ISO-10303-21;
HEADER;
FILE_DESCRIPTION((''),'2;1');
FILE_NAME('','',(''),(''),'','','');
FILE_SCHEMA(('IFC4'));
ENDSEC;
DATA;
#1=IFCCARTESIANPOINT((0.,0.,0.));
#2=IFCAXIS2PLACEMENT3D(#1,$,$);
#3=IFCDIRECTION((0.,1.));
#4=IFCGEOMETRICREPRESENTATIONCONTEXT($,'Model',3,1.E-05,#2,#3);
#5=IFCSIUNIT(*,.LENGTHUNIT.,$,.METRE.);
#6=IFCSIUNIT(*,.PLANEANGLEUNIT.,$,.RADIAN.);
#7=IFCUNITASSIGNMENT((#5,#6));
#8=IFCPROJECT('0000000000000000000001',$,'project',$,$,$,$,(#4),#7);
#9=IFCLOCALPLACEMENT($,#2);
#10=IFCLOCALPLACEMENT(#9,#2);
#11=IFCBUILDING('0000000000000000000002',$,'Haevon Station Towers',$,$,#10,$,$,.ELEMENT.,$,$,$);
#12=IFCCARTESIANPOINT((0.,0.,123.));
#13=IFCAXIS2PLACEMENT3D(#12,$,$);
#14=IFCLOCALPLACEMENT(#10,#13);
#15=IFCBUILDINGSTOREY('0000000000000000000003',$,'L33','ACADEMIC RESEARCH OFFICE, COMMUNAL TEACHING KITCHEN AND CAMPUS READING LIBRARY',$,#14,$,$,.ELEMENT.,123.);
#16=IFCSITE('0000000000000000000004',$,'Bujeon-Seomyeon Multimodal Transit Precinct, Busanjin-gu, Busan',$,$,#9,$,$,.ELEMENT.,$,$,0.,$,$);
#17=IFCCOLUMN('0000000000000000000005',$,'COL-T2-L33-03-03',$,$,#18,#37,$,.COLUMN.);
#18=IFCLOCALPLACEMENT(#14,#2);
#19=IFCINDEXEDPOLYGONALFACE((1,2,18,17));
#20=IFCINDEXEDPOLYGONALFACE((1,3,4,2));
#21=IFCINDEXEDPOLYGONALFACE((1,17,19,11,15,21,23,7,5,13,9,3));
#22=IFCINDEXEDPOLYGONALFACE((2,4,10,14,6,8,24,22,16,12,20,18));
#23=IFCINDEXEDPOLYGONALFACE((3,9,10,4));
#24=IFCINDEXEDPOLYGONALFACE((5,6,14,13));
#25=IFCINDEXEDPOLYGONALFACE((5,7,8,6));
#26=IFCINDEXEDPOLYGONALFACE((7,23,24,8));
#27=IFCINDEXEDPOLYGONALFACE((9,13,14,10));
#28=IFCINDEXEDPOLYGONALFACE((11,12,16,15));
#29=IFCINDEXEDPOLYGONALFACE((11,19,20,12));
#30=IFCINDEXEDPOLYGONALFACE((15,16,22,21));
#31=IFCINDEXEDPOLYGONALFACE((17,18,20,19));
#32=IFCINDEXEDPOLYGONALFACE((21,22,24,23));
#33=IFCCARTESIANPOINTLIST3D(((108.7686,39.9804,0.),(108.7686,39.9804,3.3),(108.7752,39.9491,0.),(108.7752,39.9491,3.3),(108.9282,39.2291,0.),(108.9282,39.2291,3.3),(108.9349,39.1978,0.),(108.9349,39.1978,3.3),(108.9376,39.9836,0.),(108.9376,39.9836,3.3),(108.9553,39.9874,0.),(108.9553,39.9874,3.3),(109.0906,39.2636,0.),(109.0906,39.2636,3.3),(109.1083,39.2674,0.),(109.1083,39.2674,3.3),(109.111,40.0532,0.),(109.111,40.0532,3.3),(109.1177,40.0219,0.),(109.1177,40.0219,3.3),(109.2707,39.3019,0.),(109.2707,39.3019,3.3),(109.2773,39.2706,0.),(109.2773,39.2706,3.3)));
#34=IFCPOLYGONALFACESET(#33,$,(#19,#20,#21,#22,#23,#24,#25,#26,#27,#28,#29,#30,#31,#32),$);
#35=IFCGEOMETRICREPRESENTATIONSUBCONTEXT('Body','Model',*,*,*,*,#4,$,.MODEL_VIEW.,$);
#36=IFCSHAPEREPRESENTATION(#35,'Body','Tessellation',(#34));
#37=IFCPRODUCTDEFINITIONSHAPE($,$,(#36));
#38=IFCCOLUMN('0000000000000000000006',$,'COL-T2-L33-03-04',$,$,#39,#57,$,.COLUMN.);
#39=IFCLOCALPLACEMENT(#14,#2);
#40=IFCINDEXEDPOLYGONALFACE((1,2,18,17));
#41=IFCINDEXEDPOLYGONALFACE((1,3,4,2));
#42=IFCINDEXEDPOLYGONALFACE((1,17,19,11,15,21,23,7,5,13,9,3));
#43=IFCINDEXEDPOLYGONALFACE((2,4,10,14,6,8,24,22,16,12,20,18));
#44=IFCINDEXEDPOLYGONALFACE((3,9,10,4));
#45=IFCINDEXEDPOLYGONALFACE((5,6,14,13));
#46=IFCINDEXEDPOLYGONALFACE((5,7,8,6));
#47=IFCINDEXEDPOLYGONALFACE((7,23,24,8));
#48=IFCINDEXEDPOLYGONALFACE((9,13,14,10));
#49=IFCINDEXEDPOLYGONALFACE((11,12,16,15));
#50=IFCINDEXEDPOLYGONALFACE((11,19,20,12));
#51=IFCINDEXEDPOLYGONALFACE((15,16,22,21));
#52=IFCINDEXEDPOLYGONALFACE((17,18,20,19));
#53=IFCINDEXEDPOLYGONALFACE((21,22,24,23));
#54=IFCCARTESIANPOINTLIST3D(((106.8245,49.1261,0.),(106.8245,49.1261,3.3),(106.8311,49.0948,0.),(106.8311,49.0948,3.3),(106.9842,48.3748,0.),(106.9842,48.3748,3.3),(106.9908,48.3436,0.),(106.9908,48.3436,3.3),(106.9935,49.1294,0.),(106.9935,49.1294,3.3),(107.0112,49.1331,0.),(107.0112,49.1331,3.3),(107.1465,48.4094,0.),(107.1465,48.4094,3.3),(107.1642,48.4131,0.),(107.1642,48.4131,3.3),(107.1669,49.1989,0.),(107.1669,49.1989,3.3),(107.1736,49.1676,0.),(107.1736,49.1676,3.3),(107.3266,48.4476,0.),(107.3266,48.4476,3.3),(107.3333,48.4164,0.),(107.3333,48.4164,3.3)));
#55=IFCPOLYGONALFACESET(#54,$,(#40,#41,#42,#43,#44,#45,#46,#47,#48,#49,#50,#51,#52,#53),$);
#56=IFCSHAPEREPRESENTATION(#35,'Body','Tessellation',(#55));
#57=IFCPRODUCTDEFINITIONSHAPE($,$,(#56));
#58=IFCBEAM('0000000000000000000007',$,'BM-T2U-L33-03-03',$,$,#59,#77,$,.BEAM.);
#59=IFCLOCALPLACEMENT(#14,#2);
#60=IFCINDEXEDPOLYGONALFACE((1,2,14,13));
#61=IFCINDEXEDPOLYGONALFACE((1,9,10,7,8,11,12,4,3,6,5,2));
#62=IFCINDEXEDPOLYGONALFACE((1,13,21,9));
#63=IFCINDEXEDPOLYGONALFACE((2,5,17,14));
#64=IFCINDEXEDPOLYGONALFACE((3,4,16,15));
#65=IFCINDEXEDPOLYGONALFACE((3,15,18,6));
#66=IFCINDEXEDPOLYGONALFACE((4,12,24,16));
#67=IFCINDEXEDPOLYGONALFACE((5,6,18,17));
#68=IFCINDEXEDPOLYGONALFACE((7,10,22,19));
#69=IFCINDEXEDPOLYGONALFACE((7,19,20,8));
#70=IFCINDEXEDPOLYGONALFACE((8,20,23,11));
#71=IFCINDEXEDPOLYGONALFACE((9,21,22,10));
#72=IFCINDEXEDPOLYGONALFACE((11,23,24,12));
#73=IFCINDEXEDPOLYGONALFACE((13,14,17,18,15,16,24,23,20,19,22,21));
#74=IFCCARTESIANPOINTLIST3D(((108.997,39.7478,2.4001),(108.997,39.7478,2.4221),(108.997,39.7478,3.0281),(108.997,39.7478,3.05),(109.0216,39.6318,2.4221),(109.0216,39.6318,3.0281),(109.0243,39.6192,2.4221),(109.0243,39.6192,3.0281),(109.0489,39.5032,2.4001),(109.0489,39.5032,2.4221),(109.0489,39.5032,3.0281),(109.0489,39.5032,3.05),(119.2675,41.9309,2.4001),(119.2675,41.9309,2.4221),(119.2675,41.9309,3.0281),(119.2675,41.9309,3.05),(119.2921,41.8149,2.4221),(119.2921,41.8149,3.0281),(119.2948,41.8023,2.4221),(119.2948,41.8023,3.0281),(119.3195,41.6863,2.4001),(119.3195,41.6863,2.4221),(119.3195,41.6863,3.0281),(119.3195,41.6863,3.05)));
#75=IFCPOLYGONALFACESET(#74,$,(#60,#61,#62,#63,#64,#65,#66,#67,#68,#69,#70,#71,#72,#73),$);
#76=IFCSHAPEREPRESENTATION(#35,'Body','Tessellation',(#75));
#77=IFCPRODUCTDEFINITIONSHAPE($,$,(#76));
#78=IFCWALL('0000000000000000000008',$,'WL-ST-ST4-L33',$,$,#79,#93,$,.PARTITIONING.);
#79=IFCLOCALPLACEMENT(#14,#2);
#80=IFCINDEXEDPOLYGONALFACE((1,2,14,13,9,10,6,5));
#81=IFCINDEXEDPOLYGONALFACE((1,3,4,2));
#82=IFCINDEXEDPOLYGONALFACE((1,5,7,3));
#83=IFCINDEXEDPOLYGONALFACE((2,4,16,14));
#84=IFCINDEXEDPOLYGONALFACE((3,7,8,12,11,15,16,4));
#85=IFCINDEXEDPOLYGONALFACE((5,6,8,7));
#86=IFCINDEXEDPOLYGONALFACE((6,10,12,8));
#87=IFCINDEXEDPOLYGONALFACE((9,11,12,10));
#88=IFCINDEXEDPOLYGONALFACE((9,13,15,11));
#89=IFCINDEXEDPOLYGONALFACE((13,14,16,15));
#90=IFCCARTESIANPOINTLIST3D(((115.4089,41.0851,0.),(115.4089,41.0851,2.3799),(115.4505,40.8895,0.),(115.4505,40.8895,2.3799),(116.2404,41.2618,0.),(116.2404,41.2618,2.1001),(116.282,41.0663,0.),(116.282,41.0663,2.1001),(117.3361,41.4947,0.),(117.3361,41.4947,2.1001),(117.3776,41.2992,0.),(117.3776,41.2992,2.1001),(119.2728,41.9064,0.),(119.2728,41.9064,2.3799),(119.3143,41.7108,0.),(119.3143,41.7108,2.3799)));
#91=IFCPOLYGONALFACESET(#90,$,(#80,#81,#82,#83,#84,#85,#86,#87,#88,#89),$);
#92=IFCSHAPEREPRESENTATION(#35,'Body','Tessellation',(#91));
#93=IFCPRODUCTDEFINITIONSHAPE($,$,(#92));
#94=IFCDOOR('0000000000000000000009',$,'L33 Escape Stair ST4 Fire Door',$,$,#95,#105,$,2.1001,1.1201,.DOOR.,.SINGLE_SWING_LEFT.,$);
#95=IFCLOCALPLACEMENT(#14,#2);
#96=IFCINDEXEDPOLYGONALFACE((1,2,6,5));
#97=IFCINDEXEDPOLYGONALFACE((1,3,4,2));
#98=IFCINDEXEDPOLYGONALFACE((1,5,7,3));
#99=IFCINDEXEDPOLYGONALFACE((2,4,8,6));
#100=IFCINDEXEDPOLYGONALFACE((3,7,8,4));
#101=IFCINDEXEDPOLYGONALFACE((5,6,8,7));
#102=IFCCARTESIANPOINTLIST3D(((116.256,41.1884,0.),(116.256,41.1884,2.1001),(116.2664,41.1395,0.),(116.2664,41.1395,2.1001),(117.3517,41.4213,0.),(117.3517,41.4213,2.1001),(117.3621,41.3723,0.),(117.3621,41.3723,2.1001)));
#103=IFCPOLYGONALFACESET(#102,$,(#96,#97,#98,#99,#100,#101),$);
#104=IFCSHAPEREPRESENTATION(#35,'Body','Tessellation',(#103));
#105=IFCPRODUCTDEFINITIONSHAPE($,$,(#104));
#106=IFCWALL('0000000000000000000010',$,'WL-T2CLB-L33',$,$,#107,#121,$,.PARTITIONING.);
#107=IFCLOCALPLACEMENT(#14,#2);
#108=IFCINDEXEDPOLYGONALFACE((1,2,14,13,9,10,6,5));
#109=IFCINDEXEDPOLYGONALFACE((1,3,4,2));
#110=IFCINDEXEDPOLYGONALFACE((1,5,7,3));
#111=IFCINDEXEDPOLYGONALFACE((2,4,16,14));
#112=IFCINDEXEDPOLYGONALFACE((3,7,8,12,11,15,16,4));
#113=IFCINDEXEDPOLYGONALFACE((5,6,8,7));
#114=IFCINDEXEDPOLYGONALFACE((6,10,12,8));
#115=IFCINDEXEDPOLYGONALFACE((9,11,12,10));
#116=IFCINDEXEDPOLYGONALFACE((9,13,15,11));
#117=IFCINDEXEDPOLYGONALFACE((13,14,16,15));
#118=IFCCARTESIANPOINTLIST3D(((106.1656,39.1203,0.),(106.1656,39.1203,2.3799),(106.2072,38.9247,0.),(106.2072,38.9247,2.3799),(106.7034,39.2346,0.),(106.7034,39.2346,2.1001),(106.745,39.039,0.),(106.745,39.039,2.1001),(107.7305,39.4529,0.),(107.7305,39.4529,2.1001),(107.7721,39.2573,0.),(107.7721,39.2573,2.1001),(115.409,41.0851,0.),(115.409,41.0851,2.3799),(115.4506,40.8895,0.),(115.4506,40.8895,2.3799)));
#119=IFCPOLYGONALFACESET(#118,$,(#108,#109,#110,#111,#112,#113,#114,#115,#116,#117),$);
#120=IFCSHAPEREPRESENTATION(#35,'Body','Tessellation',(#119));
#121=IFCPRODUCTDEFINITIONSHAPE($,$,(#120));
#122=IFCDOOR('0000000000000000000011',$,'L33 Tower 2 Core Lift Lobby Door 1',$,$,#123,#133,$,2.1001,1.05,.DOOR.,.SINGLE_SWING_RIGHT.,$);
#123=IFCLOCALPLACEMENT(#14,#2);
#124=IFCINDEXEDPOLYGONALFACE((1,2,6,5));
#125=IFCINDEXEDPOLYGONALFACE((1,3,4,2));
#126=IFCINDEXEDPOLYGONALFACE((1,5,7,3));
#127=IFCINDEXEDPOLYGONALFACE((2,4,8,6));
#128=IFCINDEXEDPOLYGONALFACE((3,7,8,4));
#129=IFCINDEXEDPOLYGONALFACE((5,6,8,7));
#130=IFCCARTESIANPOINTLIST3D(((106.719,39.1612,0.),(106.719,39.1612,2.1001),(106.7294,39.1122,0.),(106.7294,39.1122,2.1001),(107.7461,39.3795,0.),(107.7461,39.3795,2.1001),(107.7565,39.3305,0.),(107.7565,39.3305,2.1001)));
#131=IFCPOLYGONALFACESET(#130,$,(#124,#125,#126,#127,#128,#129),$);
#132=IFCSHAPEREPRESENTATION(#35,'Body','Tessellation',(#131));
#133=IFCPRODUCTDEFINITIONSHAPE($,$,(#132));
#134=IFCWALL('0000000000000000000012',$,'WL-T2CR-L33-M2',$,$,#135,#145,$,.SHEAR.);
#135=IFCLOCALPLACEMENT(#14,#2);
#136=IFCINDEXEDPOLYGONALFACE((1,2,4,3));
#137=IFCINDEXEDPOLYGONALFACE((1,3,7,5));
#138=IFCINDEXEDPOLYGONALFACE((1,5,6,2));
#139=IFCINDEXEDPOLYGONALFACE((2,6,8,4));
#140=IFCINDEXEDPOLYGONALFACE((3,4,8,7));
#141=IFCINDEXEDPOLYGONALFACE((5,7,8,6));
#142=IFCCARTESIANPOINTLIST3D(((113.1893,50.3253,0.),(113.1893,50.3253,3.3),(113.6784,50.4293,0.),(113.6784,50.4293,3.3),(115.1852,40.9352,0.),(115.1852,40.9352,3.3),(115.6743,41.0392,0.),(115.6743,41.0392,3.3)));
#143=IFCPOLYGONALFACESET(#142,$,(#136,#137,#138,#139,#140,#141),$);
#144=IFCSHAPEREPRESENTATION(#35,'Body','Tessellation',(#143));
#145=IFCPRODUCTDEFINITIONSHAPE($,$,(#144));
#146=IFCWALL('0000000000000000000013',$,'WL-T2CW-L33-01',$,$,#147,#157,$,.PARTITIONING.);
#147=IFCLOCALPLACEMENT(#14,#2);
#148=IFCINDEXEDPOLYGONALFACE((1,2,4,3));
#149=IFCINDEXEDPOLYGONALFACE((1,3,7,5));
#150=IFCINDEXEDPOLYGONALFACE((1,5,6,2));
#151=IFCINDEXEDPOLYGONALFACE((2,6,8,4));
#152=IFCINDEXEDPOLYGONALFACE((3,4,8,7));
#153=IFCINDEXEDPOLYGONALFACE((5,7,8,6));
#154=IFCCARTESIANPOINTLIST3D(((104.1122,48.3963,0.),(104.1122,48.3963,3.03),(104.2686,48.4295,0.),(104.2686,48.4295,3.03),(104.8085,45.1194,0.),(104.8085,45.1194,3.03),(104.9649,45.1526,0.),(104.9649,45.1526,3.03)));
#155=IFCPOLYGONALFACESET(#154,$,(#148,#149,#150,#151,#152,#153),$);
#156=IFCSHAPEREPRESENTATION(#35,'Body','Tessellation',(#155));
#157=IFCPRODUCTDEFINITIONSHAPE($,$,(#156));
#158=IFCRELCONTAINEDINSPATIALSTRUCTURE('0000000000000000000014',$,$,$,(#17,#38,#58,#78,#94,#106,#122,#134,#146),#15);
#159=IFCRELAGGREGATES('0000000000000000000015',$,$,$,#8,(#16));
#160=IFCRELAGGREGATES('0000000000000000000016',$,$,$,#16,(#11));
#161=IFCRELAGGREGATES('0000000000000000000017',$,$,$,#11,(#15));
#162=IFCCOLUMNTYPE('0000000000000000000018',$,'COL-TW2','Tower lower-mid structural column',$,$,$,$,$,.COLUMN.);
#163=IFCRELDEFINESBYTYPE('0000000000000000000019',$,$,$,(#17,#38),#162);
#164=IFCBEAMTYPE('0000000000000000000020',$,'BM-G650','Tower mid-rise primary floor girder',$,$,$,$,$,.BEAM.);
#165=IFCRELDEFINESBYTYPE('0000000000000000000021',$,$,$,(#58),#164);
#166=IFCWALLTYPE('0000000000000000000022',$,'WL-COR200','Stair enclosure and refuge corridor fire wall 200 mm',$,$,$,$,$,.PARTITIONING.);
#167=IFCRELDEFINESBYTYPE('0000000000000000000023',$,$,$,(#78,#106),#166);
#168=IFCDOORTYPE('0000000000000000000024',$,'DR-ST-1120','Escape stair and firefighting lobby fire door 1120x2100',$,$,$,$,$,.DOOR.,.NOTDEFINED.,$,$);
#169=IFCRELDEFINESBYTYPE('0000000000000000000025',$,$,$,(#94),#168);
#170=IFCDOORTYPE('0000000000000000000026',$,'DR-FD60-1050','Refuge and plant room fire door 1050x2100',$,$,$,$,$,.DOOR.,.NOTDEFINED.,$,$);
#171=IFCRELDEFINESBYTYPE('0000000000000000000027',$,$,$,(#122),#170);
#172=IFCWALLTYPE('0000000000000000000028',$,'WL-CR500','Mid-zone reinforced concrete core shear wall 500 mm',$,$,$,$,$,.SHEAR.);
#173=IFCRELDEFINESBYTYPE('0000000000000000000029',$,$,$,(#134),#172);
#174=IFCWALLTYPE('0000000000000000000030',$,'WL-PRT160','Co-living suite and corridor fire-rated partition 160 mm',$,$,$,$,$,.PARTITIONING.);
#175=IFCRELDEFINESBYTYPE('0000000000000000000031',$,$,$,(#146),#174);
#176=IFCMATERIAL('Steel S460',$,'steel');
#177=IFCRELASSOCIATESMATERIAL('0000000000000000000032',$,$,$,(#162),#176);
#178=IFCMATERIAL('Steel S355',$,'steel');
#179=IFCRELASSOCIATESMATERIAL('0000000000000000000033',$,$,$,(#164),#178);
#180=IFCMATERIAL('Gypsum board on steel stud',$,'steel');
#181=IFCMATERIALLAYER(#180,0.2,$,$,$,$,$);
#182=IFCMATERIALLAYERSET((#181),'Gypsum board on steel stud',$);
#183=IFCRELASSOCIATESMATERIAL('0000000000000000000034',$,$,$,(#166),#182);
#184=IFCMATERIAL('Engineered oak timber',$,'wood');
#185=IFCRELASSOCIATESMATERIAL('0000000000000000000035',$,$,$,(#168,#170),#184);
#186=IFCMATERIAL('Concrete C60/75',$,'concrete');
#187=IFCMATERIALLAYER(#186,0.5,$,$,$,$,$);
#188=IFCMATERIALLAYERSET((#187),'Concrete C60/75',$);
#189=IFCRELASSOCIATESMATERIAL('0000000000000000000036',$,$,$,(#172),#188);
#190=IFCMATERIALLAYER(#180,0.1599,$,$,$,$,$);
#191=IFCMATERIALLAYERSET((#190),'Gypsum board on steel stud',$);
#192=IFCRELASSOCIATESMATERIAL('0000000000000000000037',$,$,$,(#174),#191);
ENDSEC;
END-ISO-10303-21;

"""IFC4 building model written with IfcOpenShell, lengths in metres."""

from ifc_helpers import new_model, si_unit, direction, frame, frame_2d, origin, origin_2d, place, context, subcontext, project, spatial, rectangle, i_section, extrude, material, layer, layer_set, material_profile, profile_set, type_object, element, fill, save


model = new_model("IFC4")

# Units and contexts
model_context = context("Model", 3, precision=1e-05, world=origin(), true_north=direction((0.0, 1.0)))
body_context = subcontext(model_context, "Body", "Model", "MODEL_VIEW")
ifc_project = project(units=[si_unit("LENGTHUNIT", "METRE"), si_unit("PLANEANGLEUNIT", "RADIAN")], contexts=[model_context])

# Site, building, storey
site_placement = place(None, origin())
site = spatial("IfcSite", under=ifc_project, at=site_placement, Name="Bujeon-Seomyeon Multimodal Transit Precinct, Busanjin-gu, Busan", CompositionType="ELEMENT", RefElevation=0.0)
building_placement = place(site_placement, origin())
building = spatial("IfcBuilding", under=site, at=building_placement, Name="Haevon Station Towers", CompositionType="ELEMENT")
storey_placement = place(building_placement, frame((0.0, 0.0, 123.0)))
storey = spatial("IfcBuildingStorey", under=building, at=storey_placement, Name="L33", Description="ACADEMIC RESEARCH OFFICE, COMMUNAL TEACHING KITCHEN AND CAMPUS READING LIBRARY", CompositionType="ELEMENT", Elevation=123.0)

# Columns
ifc_material_1 = material(Name="Steel S460", Category="steel")
ifc_material_profile_1 = material_profile(ifc_material_1, i_section(OverallWidth=0.3501, OverallDepth=0.8, WebThickness=0.0181, FlangeThickness=0.032, at=origin_2d()), Name="H-800x350x18x32")
ifc_profile_set_1 = profile_set([ifc_material_profile_1], Name="Steel S460")
column_type = type_object("IfcColumnType", Name="COL-TW2", Description="Tower lower-mid structural column", PredefinedType="COLUMN", material=ifc_profile_set_1)
for number, where, z_axis, x_axis, name in (
    (1, (109.0229, 39.6255, 0.0), (0.0, 0.0, 1.0), (0.978148, 0.207912, 0.0), "COL-T2-L33-03-03"),
    (2, (107.0789, 48.7712, 0.0), (0.0, 0.0, 1.0), (0.978148, 0.207912, 0.0), "COL-T2-L33-03-04"),
):
    element("IfcColumn", number, at=place(storey_placement, frame(where, z_axis=z_axis, x_axis=x_axis)), inside=storey, type_object=column_type, Name=name, PredefinedType="COLUMN", context=body_context, shape_type="SweptSolid", body=[
        extrude(i_section(OverallWidth=0.3501, OverallDepth=0.8, WebThickness=0.0181, FlangeThickness=0.032, at=origin_2d()), origin(), (0.0, 0.0, 1.0), 3.3),
    ])

# Beam
ifc_material_2 = material(Name="Steel S355", Category="steel")
ifc_material_profile_2 = material_profile(ifc_material_2, i_section(OverallWidth=0.25, OverallDepth=0.6499, WebThickness=0.0129, FlangeThickness=0.022, at=origin_2d()), Name="H-650x250x13x22")
ifc_profile_set_2 = profile_set([ifc_material_profile_2], Name="Steel S355")
beam_type = type_object("IfcBeamType", Name="BM-G650", Description="Tower mid-rise primary floor girder", PredefinedType="BEAM", material=ifc_profile_set_2)
beam_placement = place(storey_placement, frame((109.0229, 39.6255, 2.7251), z_axis=(0.978147, 0.207915, 0.0), x_axis=(-0.207915, 0.978147, 0.0)))
element("IfcBeam", 3, at=beam_placement, inside=storey, type_object=beam_type, Name="BM-T2U-L33-03-03", PredefinedType="BEAM", context=body_context, shape_type="SweptSolid", body=[
    extrude(i_section(OverallWidth=0.25, OverallDepth=0.6499, WebThickness=0.0129, FlangeThickness=0.022, at=origin_2d()), origin(), (0.0, 0.0, 1.0), 10.5),
])

# Walls, openings, doors
ifc_material_3 = material(Name="Gypsum board on steel stud", Category="steel")
ifc_layer_1 = layer(ifc_material_3, 0.2)
ifc_layer_set_1 = layer_set([ifc_layer_1], Name="Gypsum board on steel stud")
wall_type_1 = type_object("IfcWallType", Name="WL-COR200", Description="Stair enclosure and refuge corridor fire wall 200 mm", PredefinedType="PARTITIONING", material=ifc_layer_set_1)
wall_1_placement = place(storey_placement, frame((115.4297, 40.9873, 0.0), z_axis=(0.0, 0.0, 1.0), x_axis=(0.978147, 0.207916, 0.0)))
wall_1 = element("IfcWall", 4, at=wall_1_placement, inside=storey, type_object=wall_type_1, Name="WL-ST-ST4-L33", PredefinedType="PARTITIONING", context=body_context, shape_type="SweptSolid", body=[
    extrude(rectangle(XDim=3.9502, YDim=0.2, at=frame_2d((1.9751, 0.0))), origin(), (0.0, 0.0, 1.0), 2.3799),
])
opening_1_placement = place(wall_1_placement, frame((0.8501, 0.0, 0.0)))
opening_1 = element("IfcOpeningElement", 5, at=opening_1_placement, cuts=wall_1, PredefinedType="OPENING", context=body_context, shape_type="SweptSolid", body=[
    extrude(rectangle(XDim=1.1201, YDim=2.1001, at=frame_2d((0.5601, 1.05))), frame((0.0, 0.1099, 0.0), z_axis=(0.0, -1.0, 0.0), x_axis=(1.0, 0.0, 0.0)), (0.0, 0.0, 1.0), 0.22),
])
ifc_material_4 = material(Name="Engineered oak timber", Category="wood")
door_type_1 = type_object("IfcDoorType", Name="DR-ST-1120", Description="Escape stair and firefighting lobby fire door 1120x2100", OperationType="NOTDEFINED", PredefinedType="DOOR", material=ifc_material_4)
door_1_placement = place(opening_1_placement, origin())
door_1 = element("IfcDoor", 6, at=door_1_placement, inside=storey, type_object=door_type_1, Name="L33 Escape Stair ST4 Fire Door", OperationType="SINGLE_SWING_LEFT", OverallHeight=2.1001, OverallWidth=1.1201, PredefinedType="DOOR", context=body_context, shape_type="SweptSolid", body=[
    extrude(rectangle(XDim=1.1201, YDim=2.1001, at=frame_2d((0.5601, 1.05))), frame((0.0, 0.0249, 0.0), z_axis=(0.0, -1.0, 0.0), x_axis=(1.0, 0.0, 0.0)), (0.0, 0.0, 1.0), 0.05),
])
fill(opening_1, door_1)
wall_2_placement = place(storey_placement, frame((106.1863, 39.0225, 0.0), z_axis=(0.0, 0.0, 1.0), x_axis=(0.978146, 0.207921, 0.0)))
wall_2 = element("IfcWall", 7, at=wall_2_placement, inside=storey, type_object=wall_type_1, Name="WL-T2CLB-L33", PredefinedType="PARTITIONING", context=body_context, shape_type="SweptSolid", body=[
    extrude(rectangle(XDim=9.45, YDim=0.2, at=frame_2d((4.7251, 0.0))), origin(), (0.0, 0.0, 1.0), 2.3799),
])
opening_2_placement = place(wall_2_placement, frame((0.55, 0.0, 0.0)))
opening_2 = element("IfcOpeningElement", 8, at=opening_2_placement, cuts=wall_2, PredefinedType="OPENING", context=body_context, shape_type="SweptSolid", body=[
    extrude(rectangle(XDim=1.05, YDim=2.1001, at=frame_2d((0.5249, 1.05))), frame((0.0, 0.1099, 0.0), z_axis=(0.0, -1.0, 0.0), x_axis=(1.0, 0.0, 0.0)), (0.0, 0.0, 1.0), 0.22),
])
door_type_2 = type_object("IfcDoorType", Name="DR-FD60-1050", Description="Refuge and plant room fire door 1050x2100", OperationType="NOTDEFINED", PredefinedType="DOOR", material=ifc_material_4)
door_2_placement = place(opening_2_placement, origin())
door_2 = element("IfcDoor", 9, at=door_2_placement, inside=storey, type_object=door_type_2, Name="L33 Tower 2 Core Lift Lobby Door 1", OperationType="SINGLE_SWING_RIGHT", OverallHeight=2.1001, OverallWidth=1.05, PredefinedType="DOOR", context=body_context, shape_type="SweptSolid", body=[
    extrude(rectangle(XDim=1.05, YDim=2.1001, at=frame_2d((0.5249, 1.05))), frame((0.0, 0.0249, 0.0), z_axis=(0.0, -1.0, 0.0), x_axis=(1.0, 0.0, 0.0)), (0.0, 0.0, 1.0), 0.05),
])
fill(opening_2, door_2)

# Walls
ifc_material_5 = material(Name="Concrete C60/75", Category="concrete")
ifc_layer_2 = layer(ifc_material_5, 0.5)
ifc_layer_set_2 = layer_set([ifc_layer_2], Name="Concrete C60/75")
wall_type_2 = type_object("IfcWallType", Name="WL-CR500", Description="Mid-zone reinforced concrete core shear wall 500 mm", PredefinedType="SHEAR", material=ifc_layer_set_2)
wall_3_placement = place(storey_placement, frame((115.4297, 40.9873, 0.0), z_axis=(0.0, 0.0, 1.0), x_axis=(-0.207903, 0.978149, 0.0)))
element("IfcWall", 10, at=wall_3_placement, inside=storey, type_object=wall_type_2, Name="WL-T2CR-L33-M2", PredefinedType="SHEAR", context=body_context, shape_type="SweptSolid", body=[
    extrude(rectangle(XDim=9.5999, YDim=0.5, at=frame_2d((4.7998, 0.0))), origin(), (0.0, 0.0, 1.0), 3.3),
])
ifc_layer_3 = layer(ifc_material_3, 0.1599)
ifc_layer_set_3 = layer_set([ifc_layer_3], Name="Gypsum board on steel stud")
wall_type_3 = type_object("IfcWallType", Name="WL-PRT160", Description="Co-living suite and corridor fire-rated partition 160 mm", PredefinedType="PARTITIONING", material=ifc_layer_set_3)
wall_4_placement = place(storey_placement, frame((104.8867, 45.136, 0.0), z_axis=(0.0, 0.0, 1.0), x_axis=(-0.207847, 0.978161, 0.0)))
element("IfcWall", 11, at=wall_4_placement, inside=storey, type_object=wall_type_3, Name="WL-T2CW-L33-01", PredefinedType="PARTITIONING", context=body_context, shape_type="SweptSolid", body=[
    extrude(rectangle(XDim=3.3501, YDim=0.1599, at=frame_2d((1.675, 0.0))), origin(), (0.0, 0.0, 1.0), 3.03),
])

save(model, "model.ifc")
